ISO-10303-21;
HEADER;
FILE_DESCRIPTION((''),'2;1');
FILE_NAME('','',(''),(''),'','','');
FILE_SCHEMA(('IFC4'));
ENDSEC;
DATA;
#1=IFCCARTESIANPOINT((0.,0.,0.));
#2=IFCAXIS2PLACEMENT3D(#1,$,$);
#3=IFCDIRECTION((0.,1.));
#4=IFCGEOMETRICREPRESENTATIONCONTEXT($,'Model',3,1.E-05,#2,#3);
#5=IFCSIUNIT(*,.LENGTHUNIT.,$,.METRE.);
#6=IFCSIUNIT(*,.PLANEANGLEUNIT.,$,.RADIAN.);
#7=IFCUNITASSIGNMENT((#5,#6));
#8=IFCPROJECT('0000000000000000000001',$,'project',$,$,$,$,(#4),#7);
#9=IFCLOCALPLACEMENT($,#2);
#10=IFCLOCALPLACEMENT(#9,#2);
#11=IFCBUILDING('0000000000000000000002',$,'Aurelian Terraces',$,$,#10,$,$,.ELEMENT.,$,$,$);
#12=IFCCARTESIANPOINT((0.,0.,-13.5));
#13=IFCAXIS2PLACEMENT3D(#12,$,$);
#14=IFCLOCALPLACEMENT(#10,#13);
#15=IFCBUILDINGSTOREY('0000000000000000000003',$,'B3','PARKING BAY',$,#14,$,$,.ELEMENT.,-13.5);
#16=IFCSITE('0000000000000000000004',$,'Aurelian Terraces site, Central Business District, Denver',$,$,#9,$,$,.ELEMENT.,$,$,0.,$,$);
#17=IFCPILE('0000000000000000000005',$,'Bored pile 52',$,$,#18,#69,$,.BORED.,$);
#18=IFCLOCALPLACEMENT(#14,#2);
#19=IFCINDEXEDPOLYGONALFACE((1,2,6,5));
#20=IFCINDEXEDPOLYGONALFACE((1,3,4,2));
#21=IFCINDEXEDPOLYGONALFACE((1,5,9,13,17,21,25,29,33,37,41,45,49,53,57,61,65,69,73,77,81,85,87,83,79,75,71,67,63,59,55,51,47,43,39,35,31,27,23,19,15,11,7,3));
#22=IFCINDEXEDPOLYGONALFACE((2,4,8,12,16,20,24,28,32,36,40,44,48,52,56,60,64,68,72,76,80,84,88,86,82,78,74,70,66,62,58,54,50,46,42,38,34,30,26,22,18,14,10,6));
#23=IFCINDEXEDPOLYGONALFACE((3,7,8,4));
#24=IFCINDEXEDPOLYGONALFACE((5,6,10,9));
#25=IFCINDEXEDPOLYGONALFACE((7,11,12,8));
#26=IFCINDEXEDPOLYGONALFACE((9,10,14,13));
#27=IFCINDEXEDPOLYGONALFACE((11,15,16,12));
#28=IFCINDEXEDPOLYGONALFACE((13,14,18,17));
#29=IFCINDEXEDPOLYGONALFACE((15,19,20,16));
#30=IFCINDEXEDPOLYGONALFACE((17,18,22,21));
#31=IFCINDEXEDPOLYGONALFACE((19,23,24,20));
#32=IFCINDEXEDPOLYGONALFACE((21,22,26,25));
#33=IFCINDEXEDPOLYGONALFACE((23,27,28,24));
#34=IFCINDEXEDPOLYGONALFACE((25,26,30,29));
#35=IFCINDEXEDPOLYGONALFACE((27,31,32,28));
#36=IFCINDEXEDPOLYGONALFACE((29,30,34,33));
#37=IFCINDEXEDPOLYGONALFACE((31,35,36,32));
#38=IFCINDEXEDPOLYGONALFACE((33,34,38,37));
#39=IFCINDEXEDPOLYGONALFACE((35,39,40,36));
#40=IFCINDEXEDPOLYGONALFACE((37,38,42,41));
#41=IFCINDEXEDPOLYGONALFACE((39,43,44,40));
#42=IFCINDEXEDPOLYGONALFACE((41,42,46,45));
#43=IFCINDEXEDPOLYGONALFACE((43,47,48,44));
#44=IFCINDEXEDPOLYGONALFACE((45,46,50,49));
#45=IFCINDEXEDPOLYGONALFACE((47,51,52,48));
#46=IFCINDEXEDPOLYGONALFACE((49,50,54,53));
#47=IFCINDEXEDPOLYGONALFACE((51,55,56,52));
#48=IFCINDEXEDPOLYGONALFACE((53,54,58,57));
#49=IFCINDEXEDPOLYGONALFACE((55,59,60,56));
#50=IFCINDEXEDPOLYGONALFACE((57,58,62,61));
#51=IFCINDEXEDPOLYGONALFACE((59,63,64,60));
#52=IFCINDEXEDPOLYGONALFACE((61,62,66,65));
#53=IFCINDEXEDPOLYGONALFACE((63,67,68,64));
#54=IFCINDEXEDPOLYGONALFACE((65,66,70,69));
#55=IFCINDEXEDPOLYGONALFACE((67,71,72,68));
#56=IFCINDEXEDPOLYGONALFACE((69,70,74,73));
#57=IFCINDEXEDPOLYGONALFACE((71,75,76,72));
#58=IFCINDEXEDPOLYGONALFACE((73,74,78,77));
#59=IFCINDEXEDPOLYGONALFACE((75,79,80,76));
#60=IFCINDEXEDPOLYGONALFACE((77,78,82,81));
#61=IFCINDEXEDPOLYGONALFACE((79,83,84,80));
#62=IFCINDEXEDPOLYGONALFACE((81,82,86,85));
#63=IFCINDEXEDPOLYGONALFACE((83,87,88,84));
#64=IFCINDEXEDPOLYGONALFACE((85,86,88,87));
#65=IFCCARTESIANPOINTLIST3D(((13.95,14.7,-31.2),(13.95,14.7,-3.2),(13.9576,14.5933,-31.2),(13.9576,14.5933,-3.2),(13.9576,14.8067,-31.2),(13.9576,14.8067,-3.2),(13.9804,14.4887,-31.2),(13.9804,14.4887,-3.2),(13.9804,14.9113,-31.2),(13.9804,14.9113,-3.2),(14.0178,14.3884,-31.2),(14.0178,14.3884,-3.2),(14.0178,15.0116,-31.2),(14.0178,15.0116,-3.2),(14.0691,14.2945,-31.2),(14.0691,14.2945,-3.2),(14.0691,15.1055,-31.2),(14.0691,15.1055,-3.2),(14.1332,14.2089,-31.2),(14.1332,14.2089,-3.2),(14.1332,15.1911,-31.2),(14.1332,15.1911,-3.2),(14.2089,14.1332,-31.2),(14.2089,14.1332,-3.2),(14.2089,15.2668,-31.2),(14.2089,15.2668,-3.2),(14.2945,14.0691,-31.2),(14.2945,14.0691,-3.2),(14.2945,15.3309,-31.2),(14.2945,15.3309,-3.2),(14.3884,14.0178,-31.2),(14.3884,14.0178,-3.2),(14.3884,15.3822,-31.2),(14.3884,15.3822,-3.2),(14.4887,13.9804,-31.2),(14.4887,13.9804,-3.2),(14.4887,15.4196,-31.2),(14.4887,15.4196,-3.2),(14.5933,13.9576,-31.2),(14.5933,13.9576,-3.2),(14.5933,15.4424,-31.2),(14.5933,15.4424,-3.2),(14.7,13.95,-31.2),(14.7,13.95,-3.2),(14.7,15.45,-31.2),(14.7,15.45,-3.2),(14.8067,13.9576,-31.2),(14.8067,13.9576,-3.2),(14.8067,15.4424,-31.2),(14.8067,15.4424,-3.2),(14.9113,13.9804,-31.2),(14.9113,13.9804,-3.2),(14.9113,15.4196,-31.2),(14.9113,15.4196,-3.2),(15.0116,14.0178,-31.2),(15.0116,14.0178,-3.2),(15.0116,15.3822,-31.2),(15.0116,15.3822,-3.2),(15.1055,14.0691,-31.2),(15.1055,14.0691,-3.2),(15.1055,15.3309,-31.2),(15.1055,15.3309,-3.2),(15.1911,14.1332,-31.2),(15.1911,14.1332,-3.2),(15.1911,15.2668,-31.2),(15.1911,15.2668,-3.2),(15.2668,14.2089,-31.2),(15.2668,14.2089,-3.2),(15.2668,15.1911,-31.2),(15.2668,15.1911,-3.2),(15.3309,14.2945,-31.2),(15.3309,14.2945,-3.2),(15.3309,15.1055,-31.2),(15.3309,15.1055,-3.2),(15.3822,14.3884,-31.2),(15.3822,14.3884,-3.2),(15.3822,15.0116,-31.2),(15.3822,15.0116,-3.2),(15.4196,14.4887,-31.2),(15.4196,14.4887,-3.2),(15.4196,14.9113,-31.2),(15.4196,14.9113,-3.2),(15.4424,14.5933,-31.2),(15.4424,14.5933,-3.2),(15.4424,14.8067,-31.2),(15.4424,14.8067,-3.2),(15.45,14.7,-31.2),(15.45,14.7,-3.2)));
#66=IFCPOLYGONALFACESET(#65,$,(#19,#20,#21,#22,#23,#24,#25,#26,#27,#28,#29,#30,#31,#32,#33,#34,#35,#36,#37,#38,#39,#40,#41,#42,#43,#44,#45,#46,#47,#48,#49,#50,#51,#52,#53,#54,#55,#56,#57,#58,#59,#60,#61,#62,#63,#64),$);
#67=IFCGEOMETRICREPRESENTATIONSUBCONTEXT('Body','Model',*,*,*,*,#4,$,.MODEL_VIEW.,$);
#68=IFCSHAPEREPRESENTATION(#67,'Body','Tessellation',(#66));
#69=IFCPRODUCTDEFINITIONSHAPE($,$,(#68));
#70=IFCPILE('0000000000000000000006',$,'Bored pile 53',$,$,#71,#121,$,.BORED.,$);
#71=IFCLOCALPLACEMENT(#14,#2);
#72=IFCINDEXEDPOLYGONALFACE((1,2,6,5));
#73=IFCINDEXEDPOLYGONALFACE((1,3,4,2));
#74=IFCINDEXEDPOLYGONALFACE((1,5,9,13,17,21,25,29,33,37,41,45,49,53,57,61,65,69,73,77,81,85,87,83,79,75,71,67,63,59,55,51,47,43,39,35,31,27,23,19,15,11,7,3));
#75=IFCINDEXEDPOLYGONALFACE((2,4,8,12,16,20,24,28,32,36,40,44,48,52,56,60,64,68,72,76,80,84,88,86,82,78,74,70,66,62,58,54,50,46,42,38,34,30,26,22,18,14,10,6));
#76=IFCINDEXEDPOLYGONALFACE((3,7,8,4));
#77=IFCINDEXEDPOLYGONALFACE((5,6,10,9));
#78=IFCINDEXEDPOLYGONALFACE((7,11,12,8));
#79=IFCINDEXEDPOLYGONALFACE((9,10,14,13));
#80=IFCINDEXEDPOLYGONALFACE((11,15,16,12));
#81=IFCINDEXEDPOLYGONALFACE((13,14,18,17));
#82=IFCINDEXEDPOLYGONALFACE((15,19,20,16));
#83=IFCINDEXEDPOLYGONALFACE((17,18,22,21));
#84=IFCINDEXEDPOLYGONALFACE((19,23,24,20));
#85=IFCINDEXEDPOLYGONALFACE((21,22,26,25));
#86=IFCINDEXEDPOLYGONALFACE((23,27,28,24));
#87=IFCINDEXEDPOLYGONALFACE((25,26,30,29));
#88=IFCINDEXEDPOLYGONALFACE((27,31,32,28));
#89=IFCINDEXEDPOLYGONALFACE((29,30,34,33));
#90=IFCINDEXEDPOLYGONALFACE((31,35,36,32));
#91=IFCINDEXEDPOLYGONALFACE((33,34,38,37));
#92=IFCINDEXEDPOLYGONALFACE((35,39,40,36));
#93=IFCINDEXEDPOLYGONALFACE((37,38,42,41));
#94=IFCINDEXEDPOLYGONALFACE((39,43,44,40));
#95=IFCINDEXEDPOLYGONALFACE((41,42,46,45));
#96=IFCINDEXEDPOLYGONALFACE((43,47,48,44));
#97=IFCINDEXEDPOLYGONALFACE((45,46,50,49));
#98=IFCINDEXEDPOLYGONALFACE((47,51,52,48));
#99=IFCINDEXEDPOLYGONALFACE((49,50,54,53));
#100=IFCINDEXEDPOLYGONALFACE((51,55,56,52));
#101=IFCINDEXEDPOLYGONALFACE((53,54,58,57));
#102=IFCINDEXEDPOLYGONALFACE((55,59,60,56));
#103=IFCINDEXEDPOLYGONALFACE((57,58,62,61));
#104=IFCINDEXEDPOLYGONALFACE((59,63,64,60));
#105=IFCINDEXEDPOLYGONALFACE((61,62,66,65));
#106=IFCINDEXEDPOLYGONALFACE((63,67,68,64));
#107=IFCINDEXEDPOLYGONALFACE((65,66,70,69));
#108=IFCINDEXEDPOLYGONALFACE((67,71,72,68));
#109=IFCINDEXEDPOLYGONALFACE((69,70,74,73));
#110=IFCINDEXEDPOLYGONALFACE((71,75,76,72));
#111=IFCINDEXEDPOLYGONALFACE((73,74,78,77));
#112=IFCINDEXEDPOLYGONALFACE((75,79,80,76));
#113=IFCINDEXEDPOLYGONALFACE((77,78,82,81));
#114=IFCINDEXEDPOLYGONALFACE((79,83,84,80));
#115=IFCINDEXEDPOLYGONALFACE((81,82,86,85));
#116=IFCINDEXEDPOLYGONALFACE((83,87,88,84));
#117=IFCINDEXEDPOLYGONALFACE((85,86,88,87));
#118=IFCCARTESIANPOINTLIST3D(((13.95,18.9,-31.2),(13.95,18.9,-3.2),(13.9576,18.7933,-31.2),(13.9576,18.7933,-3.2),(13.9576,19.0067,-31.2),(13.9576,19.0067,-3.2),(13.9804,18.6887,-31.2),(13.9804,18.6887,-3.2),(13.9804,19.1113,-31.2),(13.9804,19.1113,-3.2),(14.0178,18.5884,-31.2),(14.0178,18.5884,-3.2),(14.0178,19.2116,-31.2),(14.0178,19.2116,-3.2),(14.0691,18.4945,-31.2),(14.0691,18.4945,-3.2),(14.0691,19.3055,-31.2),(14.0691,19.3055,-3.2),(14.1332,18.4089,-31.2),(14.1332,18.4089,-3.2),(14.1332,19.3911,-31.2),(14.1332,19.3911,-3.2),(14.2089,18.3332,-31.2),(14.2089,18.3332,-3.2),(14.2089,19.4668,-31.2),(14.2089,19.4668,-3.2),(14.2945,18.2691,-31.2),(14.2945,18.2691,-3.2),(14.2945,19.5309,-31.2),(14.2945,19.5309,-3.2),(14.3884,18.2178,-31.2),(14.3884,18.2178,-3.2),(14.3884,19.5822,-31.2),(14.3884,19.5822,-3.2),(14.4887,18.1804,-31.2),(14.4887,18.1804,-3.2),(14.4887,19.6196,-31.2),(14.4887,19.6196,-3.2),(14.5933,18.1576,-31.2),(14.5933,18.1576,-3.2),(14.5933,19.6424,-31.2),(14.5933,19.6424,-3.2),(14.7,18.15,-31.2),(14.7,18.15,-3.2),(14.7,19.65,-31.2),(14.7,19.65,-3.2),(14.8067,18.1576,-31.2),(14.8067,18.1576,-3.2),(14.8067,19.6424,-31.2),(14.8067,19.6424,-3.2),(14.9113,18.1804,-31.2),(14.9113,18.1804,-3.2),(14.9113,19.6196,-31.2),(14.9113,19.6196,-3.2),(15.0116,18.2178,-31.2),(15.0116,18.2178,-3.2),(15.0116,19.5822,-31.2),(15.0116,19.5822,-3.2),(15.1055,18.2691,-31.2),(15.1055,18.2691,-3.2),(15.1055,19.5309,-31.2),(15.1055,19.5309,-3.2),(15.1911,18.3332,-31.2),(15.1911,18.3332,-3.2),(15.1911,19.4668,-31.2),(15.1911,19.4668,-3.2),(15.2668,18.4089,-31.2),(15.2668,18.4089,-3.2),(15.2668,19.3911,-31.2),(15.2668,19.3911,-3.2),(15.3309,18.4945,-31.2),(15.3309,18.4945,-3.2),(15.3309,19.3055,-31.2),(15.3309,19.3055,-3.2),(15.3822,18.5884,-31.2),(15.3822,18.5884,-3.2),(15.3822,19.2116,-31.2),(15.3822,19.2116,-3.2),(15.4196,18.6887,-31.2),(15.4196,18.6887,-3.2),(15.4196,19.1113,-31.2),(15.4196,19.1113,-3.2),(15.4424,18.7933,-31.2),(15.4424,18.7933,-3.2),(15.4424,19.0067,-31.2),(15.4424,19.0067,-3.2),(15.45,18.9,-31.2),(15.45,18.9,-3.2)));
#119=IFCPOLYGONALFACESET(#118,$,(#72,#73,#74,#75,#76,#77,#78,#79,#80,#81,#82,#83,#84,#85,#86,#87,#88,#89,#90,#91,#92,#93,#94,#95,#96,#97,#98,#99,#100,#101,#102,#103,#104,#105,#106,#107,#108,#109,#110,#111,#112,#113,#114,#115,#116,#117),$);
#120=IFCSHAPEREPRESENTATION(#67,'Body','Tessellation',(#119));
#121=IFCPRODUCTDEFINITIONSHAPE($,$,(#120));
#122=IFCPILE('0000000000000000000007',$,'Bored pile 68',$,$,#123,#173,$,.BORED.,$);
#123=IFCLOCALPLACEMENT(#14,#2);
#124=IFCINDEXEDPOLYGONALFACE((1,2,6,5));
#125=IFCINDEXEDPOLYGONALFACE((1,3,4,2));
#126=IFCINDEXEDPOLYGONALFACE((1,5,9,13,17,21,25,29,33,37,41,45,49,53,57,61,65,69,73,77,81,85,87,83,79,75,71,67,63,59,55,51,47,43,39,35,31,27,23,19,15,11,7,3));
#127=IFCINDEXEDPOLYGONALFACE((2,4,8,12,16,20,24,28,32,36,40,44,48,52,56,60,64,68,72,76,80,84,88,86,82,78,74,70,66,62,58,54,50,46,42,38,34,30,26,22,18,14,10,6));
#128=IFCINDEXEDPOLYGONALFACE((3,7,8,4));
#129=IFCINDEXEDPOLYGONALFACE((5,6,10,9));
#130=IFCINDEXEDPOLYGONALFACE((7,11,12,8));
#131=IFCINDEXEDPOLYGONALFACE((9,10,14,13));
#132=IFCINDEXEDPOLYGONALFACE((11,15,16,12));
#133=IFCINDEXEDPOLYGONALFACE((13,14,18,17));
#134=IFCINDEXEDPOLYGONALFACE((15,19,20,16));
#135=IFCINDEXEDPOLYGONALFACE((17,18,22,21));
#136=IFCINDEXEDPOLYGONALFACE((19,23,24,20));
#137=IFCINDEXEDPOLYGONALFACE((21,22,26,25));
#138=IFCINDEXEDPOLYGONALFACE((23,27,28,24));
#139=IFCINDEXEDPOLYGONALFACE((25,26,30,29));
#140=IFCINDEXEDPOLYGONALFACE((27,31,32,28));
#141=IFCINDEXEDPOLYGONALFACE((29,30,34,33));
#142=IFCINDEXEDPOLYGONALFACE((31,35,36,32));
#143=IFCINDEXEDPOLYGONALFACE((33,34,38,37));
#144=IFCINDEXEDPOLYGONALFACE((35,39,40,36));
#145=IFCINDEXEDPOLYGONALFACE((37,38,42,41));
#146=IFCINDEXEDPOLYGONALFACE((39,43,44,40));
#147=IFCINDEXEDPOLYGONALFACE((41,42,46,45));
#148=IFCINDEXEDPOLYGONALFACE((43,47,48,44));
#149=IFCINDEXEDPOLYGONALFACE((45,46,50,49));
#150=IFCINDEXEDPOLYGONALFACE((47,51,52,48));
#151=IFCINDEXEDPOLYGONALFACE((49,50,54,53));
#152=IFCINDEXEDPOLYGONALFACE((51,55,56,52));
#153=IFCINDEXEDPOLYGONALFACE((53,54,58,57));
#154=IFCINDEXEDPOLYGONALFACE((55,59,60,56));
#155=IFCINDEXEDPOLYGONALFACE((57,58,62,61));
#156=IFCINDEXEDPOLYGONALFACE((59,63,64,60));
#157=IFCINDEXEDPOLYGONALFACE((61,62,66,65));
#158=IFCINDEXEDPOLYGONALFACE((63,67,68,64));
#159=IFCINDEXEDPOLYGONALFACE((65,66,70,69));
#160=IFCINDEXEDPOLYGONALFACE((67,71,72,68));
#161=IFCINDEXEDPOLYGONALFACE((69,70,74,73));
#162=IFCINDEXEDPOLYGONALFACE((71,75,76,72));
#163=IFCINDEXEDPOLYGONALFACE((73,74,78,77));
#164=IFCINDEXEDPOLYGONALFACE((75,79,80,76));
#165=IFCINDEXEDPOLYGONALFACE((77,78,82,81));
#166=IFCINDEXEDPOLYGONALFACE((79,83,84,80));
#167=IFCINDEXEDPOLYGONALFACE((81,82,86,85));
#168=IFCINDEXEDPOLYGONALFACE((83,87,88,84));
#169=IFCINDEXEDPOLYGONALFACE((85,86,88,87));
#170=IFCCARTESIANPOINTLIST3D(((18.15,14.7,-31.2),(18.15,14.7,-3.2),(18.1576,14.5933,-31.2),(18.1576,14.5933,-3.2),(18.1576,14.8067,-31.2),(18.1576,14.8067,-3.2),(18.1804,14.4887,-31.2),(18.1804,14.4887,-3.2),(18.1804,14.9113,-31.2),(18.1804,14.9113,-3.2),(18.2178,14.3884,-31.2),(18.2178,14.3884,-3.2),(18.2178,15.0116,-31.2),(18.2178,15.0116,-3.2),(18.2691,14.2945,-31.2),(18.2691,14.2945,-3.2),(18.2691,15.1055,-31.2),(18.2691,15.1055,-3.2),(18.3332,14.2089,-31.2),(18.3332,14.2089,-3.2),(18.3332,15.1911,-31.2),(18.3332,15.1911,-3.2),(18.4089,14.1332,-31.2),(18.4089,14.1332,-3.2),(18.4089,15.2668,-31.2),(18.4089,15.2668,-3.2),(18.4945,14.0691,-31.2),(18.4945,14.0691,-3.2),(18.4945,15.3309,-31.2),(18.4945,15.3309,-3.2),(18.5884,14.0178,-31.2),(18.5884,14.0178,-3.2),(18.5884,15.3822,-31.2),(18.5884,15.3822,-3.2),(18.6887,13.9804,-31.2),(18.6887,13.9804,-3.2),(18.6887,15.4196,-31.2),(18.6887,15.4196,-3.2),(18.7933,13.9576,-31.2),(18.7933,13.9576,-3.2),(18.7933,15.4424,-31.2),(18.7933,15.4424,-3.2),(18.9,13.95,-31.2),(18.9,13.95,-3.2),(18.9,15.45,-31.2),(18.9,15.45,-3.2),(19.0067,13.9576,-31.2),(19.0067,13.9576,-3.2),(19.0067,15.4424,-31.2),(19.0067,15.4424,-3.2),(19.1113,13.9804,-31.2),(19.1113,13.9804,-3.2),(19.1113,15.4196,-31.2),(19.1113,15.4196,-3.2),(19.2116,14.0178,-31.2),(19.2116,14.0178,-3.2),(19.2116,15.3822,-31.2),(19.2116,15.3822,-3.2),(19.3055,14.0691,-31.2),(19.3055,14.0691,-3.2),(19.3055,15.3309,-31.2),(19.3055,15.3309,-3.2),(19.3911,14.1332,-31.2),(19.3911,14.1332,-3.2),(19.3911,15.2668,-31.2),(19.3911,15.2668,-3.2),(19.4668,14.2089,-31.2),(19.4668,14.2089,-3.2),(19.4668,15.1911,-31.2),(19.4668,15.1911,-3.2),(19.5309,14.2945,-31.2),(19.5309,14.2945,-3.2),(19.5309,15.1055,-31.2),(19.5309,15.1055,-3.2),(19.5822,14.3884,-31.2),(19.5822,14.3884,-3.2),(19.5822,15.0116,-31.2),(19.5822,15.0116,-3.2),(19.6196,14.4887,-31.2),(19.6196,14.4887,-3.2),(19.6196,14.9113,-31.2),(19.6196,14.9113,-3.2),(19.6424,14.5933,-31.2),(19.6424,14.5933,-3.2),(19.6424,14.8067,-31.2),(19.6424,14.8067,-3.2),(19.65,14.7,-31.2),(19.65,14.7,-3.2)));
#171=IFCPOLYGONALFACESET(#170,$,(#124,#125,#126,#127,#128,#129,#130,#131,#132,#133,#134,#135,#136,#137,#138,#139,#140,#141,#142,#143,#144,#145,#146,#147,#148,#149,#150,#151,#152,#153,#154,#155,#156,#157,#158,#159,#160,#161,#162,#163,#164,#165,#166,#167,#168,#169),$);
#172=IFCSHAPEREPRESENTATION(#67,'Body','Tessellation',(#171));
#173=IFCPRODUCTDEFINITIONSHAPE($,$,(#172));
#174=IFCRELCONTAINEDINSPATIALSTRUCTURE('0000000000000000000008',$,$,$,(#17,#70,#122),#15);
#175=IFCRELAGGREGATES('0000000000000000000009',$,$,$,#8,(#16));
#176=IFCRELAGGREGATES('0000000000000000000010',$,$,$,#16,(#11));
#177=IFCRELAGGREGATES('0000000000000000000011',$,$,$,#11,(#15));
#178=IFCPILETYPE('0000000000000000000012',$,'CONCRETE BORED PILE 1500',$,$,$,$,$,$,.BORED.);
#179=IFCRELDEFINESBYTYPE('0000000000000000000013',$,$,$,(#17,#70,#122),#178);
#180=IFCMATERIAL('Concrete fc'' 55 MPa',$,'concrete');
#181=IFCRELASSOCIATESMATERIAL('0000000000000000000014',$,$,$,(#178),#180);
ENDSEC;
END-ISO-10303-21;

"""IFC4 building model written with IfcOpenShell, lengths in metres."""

from ifc_helpers import new_model, si_unit, direction, frame, origin, origin_2d, place, context, subcontext, project, spatial, circle, extrude, source, transform, mapped, material, material_profile, profile_set, type_object, element, save


model = new_model("IFC4")

# Units and contexts
model_context = context("Model", 3, precision=1e-05, world=origin(), true_north=direction((0.0, 1.0)))
body_context = subcontext(model_context, "Body", "Model", "MODEL_VIEW")
ifc_project = project(units=[si_unit("LENGTHUNIT", "METRE"), si_unit("PLANEANGLEUNIT", "RADIAN")], contexts=[model_context])

# Site, building, storey
site_placement = place(None, origin())
site = spatial("IfcSite", under=ifc_project, at=site_placement, Name="Aurelian Terraces site, Central Business District, Denver", CompositionType="ELEMENT", RefElevation=0.0)
building_placement = place(site_placement, origin())
building = spatial("IfcBuilding", under=site, at=building_placement, Name="Aurelian Terraces", CompositionType="ELEMENT")
storey_placement = place(building_placement, frame((0.0, 0.0, -13.5)))
storey = spatial("IfcBuildingStorey", under=building, at=storey_placement, Name="B3", Description="PARKING BAY", CompositionType="ELEMENT", Elevation=-13.5)

# Piles
ifc_material_1 = material(Name="Concrete fc' 55 MPa", Category="concrete")
ifc_material_profile = material_profile(ifc_material_1, circle(Radius=0.75, at=origin_2d()))
ifc_profile_set = profile_set([ifc_material_profile], Name="Concrete fc' 55 MPa")
pile_type = type_object("IfcPileType", Name="CONCRETE BORED PILE 1500", PredefinedType="BORED", material=ifc_profile_set)
shared_shape_1 = source(origin(), body_context, "Body", "SweptSolid", [
    extrude(circle(Radius=0.75, at=origin_2d()), origin(), (0.0, 0.0, 1.0), 28.0),
])
for number, where, z_axis, x_axis, name in (
    (1, (14.7, 14.7, -3.2), (0.0, 0.0, -1.0), (1.0, 0.0, 0.0), "Bored pile 52"),
    (2, (14.7, 18.9, -3.2), (0.0, 0.0, -1.0), (1.0, 0.0, 0.0), "Bored pile 53"),
    (3, (18.9, 14.7, -3.2), (0.0, 0.0, -1.0), (1.0, 0.0, 0.0), "Bored pile 68"),
):
    element("IfcPile", number, at=place(storey_placement, frame(where, z_axis=z_axis, x_axis=x_axis)), inside=storey, type_object=pile_type, Name=name, PredefinedType="BORED", context=body_context, shape_type="MappedRepresentation", body=[
        mapped(shared_shape_1, transform((0.0, 0.0, 0.0), scale=1.0)),
    ])

save(model, "model.ifc")
